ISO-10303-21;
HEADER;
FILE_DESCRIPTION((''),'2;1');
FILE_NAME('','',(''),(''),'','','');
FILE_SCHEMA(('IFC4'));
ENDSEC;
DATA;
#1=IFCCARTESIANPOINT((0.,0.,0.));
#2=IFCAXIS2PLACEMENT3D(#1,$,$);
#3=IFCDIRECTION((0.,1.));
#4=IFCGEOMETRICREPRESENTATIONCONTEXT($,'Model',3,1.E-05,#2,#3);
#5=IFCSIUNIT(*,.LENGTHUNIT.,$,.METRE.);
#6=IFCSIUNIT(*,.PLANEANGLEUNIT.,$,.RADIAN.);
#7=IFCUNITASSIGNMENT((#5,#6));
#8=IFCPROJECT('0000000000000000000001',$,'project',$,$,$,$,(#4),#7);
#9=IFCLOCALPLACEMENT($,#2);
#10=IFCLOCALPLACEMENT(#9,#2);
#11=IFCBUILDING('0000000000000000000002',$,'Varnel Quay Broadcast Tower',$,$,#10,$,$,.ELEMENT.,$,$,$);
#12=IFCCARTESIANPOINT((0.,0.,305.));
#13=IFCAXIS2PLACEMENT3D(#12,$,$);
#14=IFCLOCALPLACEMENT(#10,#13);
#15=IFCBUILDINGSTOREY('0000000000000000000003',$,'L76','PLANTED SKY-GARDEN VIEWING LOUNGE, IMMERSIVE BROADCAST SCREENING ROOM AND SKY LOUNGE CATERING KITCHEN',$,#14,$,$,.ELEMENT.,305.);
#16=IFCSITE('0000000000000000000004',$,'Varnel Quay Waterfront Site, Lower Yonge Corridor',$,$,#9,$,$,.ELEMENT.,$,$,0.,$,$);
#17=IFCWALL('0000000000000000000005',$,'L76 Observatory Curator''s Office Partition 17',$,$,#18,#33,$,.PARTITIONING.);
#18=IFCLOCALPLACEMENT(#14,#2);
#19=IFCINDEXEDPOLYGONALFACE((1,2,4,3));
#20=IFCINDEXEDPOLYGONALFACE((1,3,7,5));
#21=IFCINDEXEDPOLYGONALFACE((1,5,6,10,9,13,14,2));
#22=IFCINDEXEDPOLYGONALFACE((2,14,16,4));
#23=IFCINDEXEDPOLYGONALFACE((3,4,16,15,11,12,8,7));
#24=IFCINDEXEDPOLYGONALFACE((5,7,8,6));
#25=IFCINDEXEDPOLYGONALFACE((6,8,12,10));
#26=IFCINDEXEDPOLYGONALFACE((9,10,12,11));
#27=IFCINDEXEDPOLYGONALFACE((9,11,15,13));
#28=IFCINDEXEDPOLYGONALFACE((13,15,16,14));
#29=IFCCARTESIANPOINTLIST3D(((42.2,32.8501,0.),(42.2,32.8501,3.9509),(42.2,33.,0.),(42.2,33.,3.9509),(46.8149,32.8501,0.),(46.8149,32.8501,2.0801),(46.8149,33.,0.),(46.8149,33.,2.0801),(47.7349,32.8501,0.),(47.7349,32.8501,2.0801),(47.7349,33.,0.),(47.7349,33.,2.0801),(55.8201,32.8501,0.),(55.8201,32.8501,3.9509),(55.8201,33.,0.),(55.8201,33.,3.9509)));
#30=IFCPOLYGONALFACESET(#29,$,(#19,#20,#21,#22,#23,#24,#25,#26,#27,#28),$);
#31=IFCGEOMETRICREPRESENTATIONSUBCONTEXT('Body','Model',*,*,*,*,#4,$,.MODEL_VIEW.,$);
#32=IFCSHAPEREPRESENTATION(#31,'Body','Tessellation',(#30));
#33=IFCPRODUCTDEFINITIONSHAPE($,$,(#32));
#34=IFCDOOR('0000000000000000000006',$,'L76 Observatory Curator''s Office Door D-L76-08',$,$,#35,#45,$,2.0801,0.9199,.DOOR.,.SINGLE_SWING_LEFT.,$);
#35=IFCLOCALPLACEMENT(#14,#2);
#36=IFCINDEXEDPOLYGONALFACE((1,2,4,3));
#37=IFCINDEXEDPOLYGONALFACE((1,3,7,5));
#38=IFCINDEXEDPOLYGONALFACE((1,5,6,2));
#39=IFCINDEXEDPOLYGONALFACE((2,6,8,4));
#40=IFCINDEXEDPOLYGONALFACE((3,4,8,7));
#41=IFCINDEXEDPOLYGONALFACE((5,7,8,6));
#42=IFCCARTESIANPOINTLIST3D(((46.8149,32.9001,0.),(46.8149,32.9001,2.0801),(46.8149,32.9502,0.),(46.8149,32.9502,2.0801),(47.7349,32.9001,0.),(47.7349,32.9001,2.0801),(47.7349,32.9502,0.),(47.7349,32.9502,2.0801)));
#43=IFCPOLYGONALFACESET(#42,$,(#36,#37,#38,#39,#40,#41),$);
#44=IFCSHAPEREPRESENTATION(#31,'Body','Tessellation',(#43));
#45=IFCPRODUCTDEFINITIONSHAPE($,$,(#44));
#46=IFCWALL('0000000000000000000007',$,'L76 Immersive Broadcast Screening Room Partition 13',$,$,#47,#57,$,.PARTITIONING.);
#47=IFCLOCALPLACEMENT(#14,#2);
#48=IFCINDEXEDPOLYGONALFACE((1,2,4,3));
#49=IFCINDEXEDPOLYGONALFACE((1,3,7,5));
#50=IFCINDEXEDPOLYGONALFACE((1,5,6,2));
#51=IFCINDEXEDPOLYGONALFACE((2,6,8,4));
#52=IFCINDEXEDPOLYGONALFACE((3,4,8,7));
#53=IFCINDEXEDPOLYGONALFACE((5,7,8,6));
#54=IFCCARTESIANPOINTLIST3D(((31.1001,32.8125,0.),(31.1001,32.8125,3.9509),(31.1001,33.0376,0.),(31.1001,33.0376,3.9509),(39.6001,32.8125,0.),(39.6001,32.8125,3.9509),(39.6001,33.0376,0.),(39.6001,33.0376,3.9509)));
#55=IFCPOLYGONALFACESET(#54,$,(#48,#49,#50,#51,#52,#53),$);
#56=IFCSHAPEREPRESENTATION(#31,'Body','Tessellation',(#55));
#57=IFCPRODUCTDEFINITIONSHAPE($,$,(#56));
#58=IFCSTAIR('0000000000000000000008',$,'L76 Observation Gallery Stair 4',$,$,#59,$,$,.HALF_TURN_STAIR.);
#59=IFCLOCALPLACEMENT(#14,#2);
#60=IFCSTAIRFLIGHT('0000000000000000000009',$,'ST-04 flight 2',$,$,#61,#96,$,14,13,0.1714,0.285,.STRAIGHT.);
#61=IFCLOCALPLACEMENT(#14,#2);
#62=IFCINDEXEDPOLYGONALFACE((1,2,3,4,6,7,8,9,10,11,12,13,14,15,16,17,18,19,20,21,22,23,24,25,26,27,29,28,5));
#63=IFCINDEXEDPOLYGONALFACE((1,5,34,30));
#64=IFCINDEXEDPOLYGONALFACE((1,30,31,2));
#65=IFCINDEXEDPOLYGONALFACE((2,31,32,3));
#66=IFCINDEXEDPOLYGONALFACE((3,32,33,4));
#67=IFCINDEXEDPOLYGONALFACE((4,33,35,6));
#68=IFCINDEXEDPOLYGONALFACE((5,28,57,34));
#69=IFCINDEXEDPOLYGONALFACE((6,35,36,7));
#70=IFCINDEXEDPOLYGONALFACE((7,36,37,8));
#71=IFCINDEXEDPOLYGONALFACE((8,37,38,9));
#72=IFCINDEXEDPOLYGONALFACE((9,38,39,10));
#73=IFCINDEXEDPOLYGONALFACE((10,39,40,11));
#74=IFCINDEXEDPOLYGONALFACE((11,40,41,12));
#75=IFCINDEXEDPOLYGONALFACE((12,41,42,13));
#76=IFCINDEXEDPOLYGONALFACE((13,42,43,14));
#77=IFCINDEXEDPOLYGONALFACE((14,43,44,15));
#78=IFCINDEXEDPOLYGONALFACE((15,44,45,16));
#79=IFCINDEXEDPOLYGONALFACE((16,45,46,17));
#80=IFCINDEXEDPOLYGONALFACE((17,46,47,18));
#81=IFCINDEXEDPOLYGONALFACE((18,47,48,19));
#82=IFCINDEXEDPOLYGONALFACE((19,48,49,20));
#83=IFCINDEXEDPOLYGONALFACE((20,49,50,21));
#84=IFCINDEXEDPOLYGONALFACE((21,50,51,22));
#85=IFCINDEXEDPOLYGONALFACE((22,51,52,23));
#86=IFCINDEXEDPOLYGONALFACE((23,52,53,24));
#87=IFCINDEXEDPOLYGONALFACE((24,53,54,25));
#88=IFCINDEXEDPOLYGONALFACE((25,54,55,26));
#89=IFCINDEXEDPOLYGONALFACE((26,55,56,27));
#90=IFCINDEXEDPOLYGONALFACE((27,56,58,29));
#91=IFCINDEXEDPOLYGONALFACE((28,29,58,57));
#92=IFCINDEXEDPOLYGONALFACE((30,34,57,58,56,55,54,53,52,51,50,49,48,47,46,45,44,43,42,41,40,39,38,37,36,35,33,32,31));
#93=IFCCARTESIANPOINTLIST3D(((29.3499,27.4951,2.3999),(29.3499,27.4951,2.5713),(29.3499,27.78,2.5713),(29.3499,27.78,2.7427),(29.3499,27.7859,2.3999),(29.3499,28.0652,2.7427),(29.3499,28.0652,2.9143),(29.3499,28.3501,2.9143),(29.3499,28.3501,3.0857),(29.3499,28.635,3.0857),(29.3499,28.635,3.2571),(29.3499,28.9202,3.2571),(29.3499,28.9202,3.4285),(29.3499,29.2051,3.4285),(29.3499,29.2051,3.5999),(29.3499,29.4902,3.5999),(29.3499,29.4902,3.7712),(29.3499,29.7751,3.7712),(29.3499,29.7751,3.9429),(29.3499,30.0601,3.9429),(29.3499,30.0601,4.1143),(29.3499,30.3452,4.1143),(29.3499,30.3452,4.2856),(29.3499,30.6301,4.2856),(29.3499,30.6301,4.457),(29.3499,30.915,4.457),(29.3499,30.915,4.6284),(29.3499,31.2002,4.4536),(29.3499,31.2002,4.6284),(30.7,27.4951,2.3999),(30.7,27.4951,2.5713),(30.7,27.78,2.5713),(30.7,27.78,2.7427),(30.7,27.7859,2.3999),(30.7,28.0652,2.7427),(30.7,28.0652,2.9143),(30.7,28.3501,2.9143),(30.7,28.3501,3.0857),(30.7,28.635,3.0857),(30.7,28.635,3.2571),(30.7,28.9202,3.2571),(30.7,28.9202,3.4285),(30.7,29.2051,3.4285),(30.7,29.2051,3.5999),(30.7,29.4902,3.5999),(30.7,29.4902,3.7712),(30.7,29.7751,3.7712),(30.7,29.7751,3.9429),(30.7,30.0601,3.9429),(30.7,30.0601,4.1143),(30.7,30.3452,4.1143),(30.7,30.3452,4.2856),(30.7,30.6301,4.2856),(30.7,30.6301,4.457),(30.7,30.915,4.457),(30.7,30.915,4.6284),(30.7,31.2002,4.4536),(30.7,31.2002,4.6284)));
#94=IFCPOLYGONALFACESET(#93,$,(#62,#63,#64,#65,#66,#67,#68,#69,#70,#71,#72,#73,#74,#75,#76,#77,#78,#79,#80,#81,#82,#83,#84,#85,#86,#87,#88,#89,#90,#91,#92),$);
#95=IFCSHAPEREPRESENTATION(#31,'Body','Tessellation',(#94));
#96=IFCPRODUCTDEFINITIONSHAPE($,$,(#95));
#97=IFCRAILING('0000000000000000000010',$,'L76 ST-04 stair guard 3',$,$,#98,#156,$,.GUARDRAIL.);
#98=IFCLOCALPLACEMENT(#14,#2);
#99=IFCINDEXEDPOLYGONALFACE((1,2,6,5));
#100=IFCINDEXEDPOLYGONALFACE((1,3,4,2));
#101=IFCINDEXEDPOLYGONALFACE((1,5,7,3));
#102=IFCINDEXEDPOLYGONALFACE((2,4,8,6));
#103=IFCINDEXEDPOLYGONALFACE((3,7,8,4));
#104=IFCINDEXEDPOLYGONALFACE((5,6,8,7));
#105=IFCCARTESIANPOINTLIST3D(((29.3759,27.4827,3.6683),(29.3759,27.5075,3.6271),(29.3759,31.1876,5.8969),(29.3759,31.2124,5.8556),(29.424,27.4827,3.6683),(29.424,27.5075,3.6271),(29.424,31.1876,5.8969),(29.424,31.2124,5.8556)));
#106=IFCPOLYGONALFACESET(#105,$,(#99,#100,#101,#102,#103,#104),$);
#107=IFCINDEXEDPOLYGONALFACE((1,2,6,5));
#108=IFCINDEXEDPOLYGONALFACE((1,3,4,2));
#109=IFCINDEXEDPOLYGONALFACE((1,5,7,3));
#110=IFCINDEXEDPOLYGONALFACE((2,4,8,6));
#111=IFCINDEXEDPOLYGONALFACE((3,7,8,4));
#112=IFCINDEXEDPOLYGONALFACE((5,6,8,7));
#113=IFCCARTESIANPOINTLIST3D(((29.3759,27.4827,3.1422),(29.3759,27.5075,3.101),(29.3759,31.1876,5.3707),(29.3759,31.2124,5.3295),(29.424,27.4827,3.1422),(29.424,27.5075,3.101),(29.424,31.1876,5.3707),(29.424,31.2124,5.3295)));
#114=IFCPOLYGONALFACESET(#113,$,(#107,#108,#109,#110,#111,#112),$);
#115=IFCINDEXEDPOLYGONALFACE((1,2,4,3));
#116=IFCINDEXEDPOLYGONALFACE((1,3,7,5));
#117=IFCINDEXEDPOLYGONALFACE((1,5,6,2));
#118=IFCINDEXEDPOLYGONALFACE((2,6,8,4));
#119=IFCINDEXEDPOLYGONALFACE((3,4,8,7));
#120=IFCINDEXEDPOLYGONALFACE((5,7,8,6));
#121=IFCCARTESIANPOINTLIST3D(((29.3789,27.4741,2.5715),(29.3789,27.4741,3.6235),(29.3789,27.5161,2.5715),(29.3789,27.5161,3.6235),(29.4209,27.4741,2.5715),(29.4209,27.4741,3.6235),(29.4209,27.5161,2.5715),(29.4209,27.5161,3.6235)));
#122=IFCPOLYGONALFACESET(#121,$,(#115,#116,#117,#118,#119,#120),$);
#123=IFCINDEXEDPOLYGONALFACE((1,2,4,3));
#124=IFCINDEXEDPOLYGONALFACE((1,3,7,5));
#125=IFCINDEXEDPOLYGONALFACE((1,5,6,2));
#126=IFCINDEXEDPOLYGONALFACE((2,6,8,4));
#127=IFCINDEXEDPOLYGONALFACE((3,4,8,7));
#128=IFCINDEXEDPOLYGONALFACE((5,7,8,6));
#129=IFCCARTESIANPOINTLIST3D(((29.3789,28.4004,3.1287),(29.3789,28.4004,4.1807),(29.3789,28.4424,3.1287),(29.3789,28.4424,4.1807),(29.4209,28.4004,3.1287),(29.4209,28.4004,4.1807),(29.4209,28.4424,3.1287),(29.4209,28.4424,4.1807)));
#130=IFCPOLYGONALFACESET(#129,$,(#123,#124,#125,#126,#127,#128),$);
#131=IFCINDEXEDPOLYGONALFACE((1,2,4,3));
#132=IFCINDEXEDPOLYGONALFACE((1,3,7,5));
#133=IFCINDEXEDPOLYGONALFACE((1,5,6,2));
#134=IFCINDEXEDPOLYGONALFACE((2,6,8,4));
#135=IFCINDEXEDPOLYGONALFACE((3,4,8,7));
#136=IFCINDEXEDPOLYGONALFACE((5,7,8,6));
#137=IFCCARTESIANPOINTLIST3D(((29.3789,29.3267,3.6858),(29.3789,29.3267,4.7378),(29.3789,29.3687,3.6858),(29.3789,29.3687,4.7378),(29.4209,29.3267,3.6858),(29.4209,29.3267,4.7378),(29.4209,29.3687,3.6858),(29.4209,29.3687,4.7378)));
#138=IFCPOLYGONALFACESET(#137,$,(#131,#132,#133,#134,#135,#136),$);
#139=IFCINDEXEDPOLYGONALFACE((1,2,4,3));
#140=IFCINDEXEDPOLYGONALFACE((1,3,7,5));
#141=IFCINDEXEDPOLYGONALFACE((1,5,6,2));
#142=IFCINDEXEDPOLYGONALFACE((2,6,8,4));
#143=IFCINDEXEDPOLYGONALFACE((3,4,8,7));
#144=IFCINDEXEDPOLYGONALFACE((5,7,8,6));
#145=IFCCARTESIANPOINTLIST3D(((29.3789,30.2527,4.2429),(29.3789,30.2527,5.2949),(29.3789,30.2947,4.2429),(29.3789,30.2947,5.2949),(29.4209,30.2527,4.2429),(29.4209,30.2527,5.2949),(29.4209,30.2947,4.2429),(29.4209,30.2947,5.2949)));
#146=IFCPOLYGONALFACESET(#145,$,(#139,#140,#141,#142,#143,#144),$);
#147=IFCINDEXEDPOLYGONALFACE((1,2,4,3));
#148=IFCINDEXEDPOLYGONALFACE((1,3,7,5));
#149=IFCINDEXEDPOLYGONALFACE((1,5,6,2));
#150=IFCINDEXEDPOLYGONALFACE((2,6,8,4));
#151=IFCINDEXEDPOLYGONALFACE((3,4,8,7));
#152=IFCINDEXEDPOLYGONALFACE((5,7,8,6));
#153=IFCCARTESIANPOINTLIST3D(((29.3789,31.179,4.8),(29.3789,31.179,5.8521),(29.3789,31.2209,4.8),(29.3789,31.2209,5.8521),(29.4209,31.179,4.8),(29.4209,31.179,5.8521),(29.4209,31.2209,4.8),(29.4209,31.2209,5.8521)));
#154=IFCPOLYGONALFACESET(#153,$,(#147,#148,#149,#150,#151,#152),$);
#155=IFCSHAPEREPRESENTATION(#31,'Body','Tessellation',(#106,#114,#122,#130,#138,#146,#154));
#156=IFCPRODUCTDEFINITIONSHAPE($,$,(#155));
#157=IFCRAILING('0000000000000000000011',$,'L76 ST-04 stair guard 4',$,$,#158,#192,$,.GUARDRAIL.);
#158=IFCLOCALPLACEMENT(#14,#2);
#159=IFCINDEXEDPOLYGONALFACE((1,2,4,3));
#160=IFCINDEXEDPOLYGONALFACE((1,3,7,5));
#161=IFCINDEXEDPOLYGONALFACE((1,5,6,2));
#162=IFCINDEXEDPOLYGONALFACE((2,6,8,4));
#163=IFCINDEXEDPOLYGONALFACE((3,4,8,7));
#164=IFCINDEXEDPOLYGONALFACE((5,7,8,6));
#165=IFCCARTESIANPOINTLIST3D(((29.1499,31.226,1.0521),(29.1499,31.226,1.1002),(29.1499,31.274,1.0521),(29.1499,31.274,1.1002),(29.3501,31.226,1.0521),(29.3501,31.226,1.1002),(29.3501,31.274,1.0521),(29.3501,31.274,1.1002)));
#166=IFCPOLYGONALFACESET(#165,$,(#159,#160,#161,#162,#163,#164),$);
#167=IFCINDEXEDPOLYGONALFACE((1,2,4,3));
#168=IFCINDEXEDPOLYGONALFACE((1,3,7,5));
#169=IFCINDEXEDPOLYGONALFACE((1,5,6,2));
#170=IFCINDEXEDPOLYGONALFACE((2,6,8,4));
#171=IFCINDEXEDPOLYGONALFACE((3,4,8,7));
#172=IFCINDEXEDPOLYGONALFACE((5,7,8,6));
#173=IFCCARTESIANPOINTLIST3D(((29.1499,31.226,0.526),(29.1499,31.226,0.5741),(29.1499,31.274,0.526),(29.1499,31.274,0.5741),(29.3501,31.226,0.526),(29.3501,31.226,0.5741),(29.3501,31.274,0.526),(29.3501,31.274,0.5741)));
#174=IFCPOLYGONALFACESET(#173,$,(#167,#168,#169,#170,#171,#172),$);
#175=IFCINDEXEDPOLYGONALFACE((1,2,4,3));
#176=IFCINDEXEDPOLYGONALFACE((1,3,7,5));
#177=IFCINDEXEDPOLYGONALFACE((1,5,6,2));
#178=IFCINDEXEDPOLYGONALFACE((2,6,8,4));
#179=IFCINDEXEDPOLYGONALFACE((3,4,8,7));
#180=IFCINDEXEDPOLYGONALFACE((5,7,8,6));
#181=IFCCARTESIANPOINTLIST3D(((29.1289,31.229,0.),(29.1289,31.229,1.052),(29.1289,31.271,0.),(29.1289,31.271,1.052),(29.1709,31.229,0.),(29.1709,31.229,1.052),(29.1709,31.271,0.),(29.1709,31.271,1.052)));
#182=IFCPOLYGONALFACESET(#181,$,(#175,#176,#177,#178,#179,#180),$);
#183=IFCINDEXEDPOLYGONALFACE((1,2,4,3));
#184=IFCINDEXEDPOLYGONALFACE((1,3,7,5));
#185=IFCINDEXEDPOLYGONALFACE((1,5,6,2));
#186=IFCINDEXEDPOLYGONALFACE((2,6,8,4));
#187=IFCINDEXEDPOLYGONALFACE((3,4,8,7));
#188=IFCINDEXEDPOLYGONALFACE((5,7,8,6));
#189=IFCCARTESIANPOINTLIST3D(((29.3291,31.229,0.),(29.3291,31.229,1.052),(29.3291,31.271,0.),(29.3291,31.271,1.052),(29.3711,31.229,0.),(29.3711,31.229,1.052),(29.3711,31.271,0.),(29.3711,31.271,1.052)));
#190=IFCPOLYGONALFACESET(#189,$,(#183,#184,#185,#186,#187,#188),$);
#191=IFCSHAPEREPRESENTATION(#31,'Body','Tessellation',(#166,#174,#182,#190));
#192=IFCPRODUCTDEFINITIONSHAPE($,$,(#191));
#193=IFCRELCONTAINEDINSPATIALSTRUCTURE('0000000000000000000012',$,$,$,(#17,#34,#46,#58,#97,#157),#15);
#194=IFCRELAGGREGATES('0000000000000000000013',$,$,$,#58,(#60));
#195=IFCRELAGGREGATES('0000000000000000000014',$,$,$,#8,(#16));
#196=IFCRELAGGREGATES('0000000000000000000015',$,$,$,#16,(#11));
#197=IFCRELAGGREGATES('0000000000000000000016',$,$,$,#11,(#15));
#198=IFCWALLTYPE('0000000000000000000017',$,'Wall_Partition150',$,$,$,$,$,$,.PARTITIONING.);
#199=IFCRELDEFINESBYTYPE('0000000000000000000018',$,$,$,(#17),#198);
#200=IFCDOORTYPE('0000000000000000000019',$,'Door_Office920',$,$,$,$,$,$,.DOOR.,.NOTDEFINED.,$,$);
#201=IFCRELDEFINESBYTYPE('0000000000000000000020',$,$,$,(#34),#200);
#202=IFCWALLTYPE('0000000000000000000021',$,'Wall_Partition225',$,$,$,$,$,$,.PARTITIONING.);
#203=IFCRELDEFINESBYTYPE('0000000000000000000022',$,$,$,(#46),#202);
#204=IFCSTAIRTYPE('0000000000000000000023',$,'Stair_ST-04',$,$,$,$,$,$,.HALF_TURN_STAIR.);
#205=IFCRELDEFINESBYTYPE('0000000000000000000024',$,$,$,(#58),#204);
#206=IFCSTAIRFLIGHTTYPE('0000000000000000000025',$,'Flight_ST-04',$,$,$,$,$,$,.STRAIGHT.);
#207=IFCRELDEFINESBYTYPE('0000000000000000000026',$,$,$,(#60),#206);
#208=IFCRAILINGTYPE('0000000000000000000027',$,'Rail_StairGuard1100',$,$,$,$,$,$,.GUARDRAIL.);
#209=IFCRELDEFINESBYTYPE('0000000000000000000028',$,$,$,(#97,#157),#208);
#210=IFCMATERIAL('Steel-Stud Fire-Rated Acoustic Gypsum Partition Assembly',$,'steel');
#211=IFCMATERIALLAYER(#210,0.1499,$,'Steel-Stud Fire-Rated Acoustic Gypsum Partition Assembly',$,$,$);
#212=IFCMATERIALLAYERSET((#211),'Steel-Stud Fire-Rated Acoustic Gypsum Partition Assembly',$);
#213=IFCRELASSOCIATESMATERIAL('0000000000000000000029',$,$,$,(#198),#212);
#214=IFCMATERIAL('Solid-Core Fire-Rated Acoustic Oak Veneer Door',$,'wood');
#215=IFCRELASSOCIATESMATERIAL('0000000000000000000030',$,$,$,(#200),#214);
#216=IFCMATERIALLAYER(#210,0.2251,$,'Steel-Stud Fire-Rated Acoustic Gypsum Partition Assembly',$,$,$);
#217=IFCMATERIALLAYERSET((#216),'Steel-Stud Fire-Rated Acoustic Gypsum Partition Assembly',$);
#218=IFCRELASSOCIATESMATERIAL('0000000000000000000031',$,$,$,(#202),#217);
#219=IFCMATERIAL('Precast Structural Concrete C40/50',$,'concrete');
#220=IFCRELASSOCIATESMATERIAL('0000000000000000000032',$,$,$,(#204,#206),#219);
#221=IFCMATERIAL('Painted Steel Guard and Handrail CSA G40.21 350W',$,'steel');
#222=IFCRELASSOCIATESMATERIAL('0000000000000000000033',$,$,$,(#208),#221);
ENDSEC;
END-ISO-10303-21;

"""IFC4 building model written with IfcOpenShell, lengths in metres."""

from ifc_helpers import new_model, si_unit, direction, frame, frame_2d, origin, origin_2d, place, context, subcontext, project, spatial, polyline, rectangle, outline, extrude, source, transform, mapped, material, layer, layer_set, type_object, type_shapes, element, fill, aggregate, save


model = new_model("IFC4")

# Units and contexts
model_context = context("Model", 3, precision=1e-05, world=origin(), true_north=direction((0.0, 1.0)))
body_context = subcontext(model_context, "Body", "Model", "MODEL_VIEW")
ifc_project = project(units=[si_unit("LENGTHUNIT", "METRE"), si_unit("PLANEANGLEUNIT", "RADIAN")], contexts=[model_context])

# Site, building, storey
site_placement = place(None, origin())
site = spatial("IfcSite", under=ifc_project, at=site_placement, Name="Varnel Quay Waterfront Site, Lower Yonge Corridor", CompositionType="ELEMENT", RefElevation=0.0)
building_placement = place(site_placement, origin())
building = spatial("IfcBuilding", under=site, at=building_placement, Name="Varnel Quay Broadcast Tower", CompositionType="ELEMENT")
storey_placement = place(building_placement, frame((0.0, 0.0, 305.0)))
storey = spatial("IfcBuildingStorey", under=building, at=storey_placement, Name="L76", Description="PLANTED SKY-GARDEN VIEWING LOUNGE, IMMERSIVE BROADCAST SCREENING ROOM AND SKY LOUNGE CATERING KITCHEN", CompositionType="ELEMENT", Elevation=305.0)

# Wall, opening, door
ifc_material_1 = material(Name="Steel-Stud Fire-Rated Acoustic Gypsum Partition Assembly", Category="steel")
ifc_layer_1 = layer(ifc_material_1, 0.1499, Name="Steel-Stud Fire-Rated Acoustic Gypsum Partition Assembly")
ifc_layer_set_1 = layer_set([ifc_layer_1], Name="Steel-Stud Fire-Rated Acoustic Gypsum Partition Assembly")
wall_type_1 = type_object("IfcWallType", Name="Wall_Partition150", PredefinedType="PARTITIONING", material=ifc_layer_set_1)
wall_1_placement = place(storey_placement, frame((42.2, 32.925, 0.0), z_axis=(0.0, 0.0, 1.0), x_axis=(1.0, 0.0, 0.0)))
wall_1 = element("IfcWall", 1, at=wall_1_placement, inside=storey, type_object=wall_type_1, Name="L76 Observatory Curator's Office Partition 17", PredefinedType="PARTITIONING", context=body_context, shape_type="SweptSolid", body=[
    extrude(rectangle(XDim=13.6201, YDim=0.1499, at=frame_2d((6.8101, 0.0))), origin(), (0.0, 0.0, 1.0), 3.9509),
])
opening_1_placement = place(wall_1_placement, frame((4.615, 0.0, 0.0)))
opening_1 = element("IfcOpeningElement", 2, at=opening_1_placement, cuts=wall_1, PredefinedType="OPENING", context=body_context, shape_type="SweptSolid", body=[
    extrude(rectangle(XDim=0.9199, YDim=2.0801, at=frame_2d((0.46, 1.04))), frame((0.0, 0.085, 0.0), z_axis=(0.0, -1.0, 0.0), x_axis=(1.0, 0.0, 0.0)), (0.0, 0.0, 1.0), 0.1699),
])
ifc_material_2 = material(Name="Solid-Core Fire-Rated Acoustic Oak Veneer Door", Category="wood")
door_type_1 = type_object("IfcDoorType", Name="Door_Office920", OperationType="NOTDEFINED", PredefinedType="DOOR", material=ifc_material_2)
shared_shape_1 = source(origin(), body_context, "Body", "SweptSolid", [
    extrude(rectangle(XDim=0.9199, YDim=2.0801, at=frame_2d((0.46, 1.04))), frame((0.0, 0.0249, 0.0), z_axis=(0.0, -1.0, 0.0), x_axis=(1.0, 0.0, 0.0)), (0.0, 0.0, 1.0), 0.05),
])
type_shapes(door_type_1, [shared_shape_1])
door_1_placement = place(opening_1_placement, frame((0.9199, 0.0, 0.0), z_axis=(0.0, 0.0, 1.0), x_axis=(-1.0, 0.0, 0.0)))
door_1 = element("IfcDoor", 3, at=door_1_placement, inside=storey, type_object=door_type_1, Name="L76 Observatory Curator's Office Door D-L76-08", OperationType="SINGLE_SWING_LEFT", OverallHeight=2.0801, OverallWidth=0.9199, PredefinedType="DOOR", context=body_context, shape_type="MappedRepresentation", body=[
    mapped(shared_shape_1, transform((0.0, 0.0, 0.0), x_axis=(1.0, 0.0, 0.0), y_axis=(0.0, 1.0, 0.0), z_axis=(0.0, 0.0, 1.0), scale=1.0)),
])
fill(opening_1, door_1)

# Wall
ifc_layer_2 = layer(ifc_material_1, 0.2251, Name="Steel-Stud Fire-Rated Acoustic Gypsum Partition Assembly")
ifc_layer_set_2 = layer_set([ifc_layer_2], Name="Steel-Stud Fire-Rated Acoustic Gypsum Partition Assembly")
wall_type_2 = type_object("IfcWallType", Name="Wall_Partition225", PredefinedType="PARTITIONING", material=ifc_layer_set_2)
wall_2_placement = place(storey_placement, frame((31.1001, 32.925, 0.0), z_axis=(0.0, 0.0, 1.0), x_axis=(1.0, 0.0, 0.0)))
element("IfcWall", 4, at=wall_2_placement, inside=storey, type_object=wall_type_2, Name="L76 Immersive Broadcast Screening Room Partition 13", PredefinedType="PARTITIONING", context=body_context, shape_type="SweptSolid", body=[
    extrude(rectangle(XDim=8.5, YDim=0.2251, at=frame_2d((4.25, 0.0))), origin(), (0.0, 0.0, 1.0), 3.9509),
])

# Stair, stair flight
ifc_material_3 = material(Name="Precast Structural Concrete C40/50", Category="concrete")
stair_type = type_object("IfcStairType", Name="Stair_ST-04", PredefinedType="HALF_TURN_STAIR", material=ifc_material_3)
stair_placement = place(storey_placement, origin())
stair = element("IfcStair", 5, at=stair_placement, inside=storey, type_object=stair_type, Name="L76 Observation Gallery Stair 4", PredefinedType="HALF_TURN_STAIR")
stair_flight_type = type_object("IfcStairFlightType", Name="Flight_ST-04", PredefinedType="STRAIGHT", material=ifc_material_3)
stair_flight_placement = place(storey_placement, frame((30.0249, 27.4951, 2.3999), z_axis=(0.0, 0.0, 1.0), x_axis=(0.0, 1.0, 0.0)))
stair_flight = element("IfcStairFlight", 6, at=stair_flight_placement, type_object=stair_flight_type, Name="ST-04 flight 2", NumberOfRisers=14, NumberOfTreads=13, PredefinedType="STRAIGHT", RiserHeight=0.1714, TreadLength=0.285, context=body_context, shape_type="SweptSolid", body=[
    extrude(outline(polyline([(0.0, 0.0), (0.0, 0.1714), (0.2849, 0.1714), (0.2849, 0.3428), (0.5701, 0.3428), (0.5701, 0.5144), (0.855, 0.5144), (0.855, 0.6858), (1.1399, 0.6858), (1.1399, 0.8572), (1.425, 0.8572), (1.425, 1.0286), (1.71, 1.0286), (1.71, 1.2), (1.9951, 1.2), (1.9951, 1.3713), (2.28, 1.3713), (2.28, 1.543), (2.5649, 1.543), (2.5649, 1.7144), (2.8501, 1.7144), (2.8501, 1.8857), (3.135, 1.8857), (3.135, 2.0571), (3.4199, 2.0571), (3.4199, 2.2285), (3.7051, 2.2285), (3.7051, 2.3999), (3.7051, 2.0537), (0.2908, 0.0), (0.0, 0.0)])), frame((0.0, 0.675, 0.0), z_axis=(0.0, -1.0, 0.0), x_axis=(1.0, 0.0, 0.0)), (0.0, 0.0, 1.0), 1.3501),
])
aggregate(stair, [stair_flight])

# Railings
ifc_material_4 = material(Name="Painted Steel Guard and Handrail CSA G40.21 350W", Category="steel")
railing_type_1 = type_object("IfcRailingType", Name="Rail_StairGuard1100", PredefinedType="GUARDRAIL", material=ifc_material_4)
railing_1_placement = place(storey_placement, frame((29.3999, 27.4951, 2.5715)))
element("IfcRailing", 7, at=railing_1_placement, inside=storey, type_object=railing_type_1, Name="L76 ST-04 stair guard 3", PredefinedType="GUARDRAIL", context=body_context, shape_type="SweptSolid", body=[
    extrude(rectangle(XDim=0.0481, YDim=0.0481, at=origin_2d()), frame((0.0, 0.0, 1.0762), z_axis=(0.0, 0.856919, 0.51545), x_axis=(-1.0, 0.0, 0.0)), (0.0, 0.0, 1.0), 4.3235),
    extrude(rectangle(XDim=0.0481, YDim=0.0481, at=origin_2d()), frame((0.0, 0.0, 0.55), z_axis=(0.0, 0.856919, 0.51545), x_axis=(-1.0, 0.0, 0.0)), (0.0, 0.0, 1.0), 4.3235),
    extrude(rectangle(XDim=0.042, YDim=0.042, at=origin_2d()), origin(), (0.0, 0.0, 1.0), 1.052),
    extrude(rectangle(XDim=0.042, YDim=0.042, at=origin_2d()), frame((0.0, 0.9263, 0.5571)), (0.0, 0.0, 1.0), 1.052),
    extrude(rectangle(XDim=0.042, YDim=0.042, at=origin_2d()), frame((0.0, 1.8525, 1.1143)), (0.0, 0.0, 1.0), 1.052),
    extrude(rectangle(XDim=0.042, YDim=0.042, at=origin_2d()), frame((0.0, 2.7786, 1.6714)), (0.0, 0.0, 1.0), 1.052),
    extrude(rectangle(XDim=0.042, YDim=0.042, at=origin_2d()), frame((0.0, 3.7048, 2.2285)), (0.0, 0.0, 1.0), 1.052),
])
railing_2_placement = place(storey_placement, frame((29.1499, 31.25, 0.0)))
element("IfcRailing", 8, at=railing_2_placement, inside=storey, type_object=railing_type_1, Name="L76 ST-04 stair guard 4", PredefinedType="GUARDRAIL", context=body_context, shape_type="SweptSolid", body=[
    extrude(rectangle(XDim=0.0481, YDim=0.0481, at=origin_2d()), frame((0.0, 0.0, 1.0762), z_axis=(1.0, 0.0, 0.0), x_axis=(0.0, 1.0, 0.0)), (0.0, 0.0, 1.0), 0.2002),
    extrude(rectangle(XDim=0.0481, YDim=0.0481, at=origin_2d()), frame((0.0, 0.0, 0.55), z_axis=(1.0, 0.0, 0.0), x_axis=(0.0, 1.0, 0.0)), (0.0, 0.0, 1.0), 0.2002),
    extrude(rectangle(XDim=0.042, YDim=0.042, at=origin_2d()), origin(), (0.0, 0.0, 1.0), 1.052),
    extrude(rectangle(XDim=0.042, YDim=0.042, at=origin_2d()), frame((0.2002, 0.0, 0.0)), (0.0, 0.0, 1.0), 1.052),
])

save(model, "model.ifc")
